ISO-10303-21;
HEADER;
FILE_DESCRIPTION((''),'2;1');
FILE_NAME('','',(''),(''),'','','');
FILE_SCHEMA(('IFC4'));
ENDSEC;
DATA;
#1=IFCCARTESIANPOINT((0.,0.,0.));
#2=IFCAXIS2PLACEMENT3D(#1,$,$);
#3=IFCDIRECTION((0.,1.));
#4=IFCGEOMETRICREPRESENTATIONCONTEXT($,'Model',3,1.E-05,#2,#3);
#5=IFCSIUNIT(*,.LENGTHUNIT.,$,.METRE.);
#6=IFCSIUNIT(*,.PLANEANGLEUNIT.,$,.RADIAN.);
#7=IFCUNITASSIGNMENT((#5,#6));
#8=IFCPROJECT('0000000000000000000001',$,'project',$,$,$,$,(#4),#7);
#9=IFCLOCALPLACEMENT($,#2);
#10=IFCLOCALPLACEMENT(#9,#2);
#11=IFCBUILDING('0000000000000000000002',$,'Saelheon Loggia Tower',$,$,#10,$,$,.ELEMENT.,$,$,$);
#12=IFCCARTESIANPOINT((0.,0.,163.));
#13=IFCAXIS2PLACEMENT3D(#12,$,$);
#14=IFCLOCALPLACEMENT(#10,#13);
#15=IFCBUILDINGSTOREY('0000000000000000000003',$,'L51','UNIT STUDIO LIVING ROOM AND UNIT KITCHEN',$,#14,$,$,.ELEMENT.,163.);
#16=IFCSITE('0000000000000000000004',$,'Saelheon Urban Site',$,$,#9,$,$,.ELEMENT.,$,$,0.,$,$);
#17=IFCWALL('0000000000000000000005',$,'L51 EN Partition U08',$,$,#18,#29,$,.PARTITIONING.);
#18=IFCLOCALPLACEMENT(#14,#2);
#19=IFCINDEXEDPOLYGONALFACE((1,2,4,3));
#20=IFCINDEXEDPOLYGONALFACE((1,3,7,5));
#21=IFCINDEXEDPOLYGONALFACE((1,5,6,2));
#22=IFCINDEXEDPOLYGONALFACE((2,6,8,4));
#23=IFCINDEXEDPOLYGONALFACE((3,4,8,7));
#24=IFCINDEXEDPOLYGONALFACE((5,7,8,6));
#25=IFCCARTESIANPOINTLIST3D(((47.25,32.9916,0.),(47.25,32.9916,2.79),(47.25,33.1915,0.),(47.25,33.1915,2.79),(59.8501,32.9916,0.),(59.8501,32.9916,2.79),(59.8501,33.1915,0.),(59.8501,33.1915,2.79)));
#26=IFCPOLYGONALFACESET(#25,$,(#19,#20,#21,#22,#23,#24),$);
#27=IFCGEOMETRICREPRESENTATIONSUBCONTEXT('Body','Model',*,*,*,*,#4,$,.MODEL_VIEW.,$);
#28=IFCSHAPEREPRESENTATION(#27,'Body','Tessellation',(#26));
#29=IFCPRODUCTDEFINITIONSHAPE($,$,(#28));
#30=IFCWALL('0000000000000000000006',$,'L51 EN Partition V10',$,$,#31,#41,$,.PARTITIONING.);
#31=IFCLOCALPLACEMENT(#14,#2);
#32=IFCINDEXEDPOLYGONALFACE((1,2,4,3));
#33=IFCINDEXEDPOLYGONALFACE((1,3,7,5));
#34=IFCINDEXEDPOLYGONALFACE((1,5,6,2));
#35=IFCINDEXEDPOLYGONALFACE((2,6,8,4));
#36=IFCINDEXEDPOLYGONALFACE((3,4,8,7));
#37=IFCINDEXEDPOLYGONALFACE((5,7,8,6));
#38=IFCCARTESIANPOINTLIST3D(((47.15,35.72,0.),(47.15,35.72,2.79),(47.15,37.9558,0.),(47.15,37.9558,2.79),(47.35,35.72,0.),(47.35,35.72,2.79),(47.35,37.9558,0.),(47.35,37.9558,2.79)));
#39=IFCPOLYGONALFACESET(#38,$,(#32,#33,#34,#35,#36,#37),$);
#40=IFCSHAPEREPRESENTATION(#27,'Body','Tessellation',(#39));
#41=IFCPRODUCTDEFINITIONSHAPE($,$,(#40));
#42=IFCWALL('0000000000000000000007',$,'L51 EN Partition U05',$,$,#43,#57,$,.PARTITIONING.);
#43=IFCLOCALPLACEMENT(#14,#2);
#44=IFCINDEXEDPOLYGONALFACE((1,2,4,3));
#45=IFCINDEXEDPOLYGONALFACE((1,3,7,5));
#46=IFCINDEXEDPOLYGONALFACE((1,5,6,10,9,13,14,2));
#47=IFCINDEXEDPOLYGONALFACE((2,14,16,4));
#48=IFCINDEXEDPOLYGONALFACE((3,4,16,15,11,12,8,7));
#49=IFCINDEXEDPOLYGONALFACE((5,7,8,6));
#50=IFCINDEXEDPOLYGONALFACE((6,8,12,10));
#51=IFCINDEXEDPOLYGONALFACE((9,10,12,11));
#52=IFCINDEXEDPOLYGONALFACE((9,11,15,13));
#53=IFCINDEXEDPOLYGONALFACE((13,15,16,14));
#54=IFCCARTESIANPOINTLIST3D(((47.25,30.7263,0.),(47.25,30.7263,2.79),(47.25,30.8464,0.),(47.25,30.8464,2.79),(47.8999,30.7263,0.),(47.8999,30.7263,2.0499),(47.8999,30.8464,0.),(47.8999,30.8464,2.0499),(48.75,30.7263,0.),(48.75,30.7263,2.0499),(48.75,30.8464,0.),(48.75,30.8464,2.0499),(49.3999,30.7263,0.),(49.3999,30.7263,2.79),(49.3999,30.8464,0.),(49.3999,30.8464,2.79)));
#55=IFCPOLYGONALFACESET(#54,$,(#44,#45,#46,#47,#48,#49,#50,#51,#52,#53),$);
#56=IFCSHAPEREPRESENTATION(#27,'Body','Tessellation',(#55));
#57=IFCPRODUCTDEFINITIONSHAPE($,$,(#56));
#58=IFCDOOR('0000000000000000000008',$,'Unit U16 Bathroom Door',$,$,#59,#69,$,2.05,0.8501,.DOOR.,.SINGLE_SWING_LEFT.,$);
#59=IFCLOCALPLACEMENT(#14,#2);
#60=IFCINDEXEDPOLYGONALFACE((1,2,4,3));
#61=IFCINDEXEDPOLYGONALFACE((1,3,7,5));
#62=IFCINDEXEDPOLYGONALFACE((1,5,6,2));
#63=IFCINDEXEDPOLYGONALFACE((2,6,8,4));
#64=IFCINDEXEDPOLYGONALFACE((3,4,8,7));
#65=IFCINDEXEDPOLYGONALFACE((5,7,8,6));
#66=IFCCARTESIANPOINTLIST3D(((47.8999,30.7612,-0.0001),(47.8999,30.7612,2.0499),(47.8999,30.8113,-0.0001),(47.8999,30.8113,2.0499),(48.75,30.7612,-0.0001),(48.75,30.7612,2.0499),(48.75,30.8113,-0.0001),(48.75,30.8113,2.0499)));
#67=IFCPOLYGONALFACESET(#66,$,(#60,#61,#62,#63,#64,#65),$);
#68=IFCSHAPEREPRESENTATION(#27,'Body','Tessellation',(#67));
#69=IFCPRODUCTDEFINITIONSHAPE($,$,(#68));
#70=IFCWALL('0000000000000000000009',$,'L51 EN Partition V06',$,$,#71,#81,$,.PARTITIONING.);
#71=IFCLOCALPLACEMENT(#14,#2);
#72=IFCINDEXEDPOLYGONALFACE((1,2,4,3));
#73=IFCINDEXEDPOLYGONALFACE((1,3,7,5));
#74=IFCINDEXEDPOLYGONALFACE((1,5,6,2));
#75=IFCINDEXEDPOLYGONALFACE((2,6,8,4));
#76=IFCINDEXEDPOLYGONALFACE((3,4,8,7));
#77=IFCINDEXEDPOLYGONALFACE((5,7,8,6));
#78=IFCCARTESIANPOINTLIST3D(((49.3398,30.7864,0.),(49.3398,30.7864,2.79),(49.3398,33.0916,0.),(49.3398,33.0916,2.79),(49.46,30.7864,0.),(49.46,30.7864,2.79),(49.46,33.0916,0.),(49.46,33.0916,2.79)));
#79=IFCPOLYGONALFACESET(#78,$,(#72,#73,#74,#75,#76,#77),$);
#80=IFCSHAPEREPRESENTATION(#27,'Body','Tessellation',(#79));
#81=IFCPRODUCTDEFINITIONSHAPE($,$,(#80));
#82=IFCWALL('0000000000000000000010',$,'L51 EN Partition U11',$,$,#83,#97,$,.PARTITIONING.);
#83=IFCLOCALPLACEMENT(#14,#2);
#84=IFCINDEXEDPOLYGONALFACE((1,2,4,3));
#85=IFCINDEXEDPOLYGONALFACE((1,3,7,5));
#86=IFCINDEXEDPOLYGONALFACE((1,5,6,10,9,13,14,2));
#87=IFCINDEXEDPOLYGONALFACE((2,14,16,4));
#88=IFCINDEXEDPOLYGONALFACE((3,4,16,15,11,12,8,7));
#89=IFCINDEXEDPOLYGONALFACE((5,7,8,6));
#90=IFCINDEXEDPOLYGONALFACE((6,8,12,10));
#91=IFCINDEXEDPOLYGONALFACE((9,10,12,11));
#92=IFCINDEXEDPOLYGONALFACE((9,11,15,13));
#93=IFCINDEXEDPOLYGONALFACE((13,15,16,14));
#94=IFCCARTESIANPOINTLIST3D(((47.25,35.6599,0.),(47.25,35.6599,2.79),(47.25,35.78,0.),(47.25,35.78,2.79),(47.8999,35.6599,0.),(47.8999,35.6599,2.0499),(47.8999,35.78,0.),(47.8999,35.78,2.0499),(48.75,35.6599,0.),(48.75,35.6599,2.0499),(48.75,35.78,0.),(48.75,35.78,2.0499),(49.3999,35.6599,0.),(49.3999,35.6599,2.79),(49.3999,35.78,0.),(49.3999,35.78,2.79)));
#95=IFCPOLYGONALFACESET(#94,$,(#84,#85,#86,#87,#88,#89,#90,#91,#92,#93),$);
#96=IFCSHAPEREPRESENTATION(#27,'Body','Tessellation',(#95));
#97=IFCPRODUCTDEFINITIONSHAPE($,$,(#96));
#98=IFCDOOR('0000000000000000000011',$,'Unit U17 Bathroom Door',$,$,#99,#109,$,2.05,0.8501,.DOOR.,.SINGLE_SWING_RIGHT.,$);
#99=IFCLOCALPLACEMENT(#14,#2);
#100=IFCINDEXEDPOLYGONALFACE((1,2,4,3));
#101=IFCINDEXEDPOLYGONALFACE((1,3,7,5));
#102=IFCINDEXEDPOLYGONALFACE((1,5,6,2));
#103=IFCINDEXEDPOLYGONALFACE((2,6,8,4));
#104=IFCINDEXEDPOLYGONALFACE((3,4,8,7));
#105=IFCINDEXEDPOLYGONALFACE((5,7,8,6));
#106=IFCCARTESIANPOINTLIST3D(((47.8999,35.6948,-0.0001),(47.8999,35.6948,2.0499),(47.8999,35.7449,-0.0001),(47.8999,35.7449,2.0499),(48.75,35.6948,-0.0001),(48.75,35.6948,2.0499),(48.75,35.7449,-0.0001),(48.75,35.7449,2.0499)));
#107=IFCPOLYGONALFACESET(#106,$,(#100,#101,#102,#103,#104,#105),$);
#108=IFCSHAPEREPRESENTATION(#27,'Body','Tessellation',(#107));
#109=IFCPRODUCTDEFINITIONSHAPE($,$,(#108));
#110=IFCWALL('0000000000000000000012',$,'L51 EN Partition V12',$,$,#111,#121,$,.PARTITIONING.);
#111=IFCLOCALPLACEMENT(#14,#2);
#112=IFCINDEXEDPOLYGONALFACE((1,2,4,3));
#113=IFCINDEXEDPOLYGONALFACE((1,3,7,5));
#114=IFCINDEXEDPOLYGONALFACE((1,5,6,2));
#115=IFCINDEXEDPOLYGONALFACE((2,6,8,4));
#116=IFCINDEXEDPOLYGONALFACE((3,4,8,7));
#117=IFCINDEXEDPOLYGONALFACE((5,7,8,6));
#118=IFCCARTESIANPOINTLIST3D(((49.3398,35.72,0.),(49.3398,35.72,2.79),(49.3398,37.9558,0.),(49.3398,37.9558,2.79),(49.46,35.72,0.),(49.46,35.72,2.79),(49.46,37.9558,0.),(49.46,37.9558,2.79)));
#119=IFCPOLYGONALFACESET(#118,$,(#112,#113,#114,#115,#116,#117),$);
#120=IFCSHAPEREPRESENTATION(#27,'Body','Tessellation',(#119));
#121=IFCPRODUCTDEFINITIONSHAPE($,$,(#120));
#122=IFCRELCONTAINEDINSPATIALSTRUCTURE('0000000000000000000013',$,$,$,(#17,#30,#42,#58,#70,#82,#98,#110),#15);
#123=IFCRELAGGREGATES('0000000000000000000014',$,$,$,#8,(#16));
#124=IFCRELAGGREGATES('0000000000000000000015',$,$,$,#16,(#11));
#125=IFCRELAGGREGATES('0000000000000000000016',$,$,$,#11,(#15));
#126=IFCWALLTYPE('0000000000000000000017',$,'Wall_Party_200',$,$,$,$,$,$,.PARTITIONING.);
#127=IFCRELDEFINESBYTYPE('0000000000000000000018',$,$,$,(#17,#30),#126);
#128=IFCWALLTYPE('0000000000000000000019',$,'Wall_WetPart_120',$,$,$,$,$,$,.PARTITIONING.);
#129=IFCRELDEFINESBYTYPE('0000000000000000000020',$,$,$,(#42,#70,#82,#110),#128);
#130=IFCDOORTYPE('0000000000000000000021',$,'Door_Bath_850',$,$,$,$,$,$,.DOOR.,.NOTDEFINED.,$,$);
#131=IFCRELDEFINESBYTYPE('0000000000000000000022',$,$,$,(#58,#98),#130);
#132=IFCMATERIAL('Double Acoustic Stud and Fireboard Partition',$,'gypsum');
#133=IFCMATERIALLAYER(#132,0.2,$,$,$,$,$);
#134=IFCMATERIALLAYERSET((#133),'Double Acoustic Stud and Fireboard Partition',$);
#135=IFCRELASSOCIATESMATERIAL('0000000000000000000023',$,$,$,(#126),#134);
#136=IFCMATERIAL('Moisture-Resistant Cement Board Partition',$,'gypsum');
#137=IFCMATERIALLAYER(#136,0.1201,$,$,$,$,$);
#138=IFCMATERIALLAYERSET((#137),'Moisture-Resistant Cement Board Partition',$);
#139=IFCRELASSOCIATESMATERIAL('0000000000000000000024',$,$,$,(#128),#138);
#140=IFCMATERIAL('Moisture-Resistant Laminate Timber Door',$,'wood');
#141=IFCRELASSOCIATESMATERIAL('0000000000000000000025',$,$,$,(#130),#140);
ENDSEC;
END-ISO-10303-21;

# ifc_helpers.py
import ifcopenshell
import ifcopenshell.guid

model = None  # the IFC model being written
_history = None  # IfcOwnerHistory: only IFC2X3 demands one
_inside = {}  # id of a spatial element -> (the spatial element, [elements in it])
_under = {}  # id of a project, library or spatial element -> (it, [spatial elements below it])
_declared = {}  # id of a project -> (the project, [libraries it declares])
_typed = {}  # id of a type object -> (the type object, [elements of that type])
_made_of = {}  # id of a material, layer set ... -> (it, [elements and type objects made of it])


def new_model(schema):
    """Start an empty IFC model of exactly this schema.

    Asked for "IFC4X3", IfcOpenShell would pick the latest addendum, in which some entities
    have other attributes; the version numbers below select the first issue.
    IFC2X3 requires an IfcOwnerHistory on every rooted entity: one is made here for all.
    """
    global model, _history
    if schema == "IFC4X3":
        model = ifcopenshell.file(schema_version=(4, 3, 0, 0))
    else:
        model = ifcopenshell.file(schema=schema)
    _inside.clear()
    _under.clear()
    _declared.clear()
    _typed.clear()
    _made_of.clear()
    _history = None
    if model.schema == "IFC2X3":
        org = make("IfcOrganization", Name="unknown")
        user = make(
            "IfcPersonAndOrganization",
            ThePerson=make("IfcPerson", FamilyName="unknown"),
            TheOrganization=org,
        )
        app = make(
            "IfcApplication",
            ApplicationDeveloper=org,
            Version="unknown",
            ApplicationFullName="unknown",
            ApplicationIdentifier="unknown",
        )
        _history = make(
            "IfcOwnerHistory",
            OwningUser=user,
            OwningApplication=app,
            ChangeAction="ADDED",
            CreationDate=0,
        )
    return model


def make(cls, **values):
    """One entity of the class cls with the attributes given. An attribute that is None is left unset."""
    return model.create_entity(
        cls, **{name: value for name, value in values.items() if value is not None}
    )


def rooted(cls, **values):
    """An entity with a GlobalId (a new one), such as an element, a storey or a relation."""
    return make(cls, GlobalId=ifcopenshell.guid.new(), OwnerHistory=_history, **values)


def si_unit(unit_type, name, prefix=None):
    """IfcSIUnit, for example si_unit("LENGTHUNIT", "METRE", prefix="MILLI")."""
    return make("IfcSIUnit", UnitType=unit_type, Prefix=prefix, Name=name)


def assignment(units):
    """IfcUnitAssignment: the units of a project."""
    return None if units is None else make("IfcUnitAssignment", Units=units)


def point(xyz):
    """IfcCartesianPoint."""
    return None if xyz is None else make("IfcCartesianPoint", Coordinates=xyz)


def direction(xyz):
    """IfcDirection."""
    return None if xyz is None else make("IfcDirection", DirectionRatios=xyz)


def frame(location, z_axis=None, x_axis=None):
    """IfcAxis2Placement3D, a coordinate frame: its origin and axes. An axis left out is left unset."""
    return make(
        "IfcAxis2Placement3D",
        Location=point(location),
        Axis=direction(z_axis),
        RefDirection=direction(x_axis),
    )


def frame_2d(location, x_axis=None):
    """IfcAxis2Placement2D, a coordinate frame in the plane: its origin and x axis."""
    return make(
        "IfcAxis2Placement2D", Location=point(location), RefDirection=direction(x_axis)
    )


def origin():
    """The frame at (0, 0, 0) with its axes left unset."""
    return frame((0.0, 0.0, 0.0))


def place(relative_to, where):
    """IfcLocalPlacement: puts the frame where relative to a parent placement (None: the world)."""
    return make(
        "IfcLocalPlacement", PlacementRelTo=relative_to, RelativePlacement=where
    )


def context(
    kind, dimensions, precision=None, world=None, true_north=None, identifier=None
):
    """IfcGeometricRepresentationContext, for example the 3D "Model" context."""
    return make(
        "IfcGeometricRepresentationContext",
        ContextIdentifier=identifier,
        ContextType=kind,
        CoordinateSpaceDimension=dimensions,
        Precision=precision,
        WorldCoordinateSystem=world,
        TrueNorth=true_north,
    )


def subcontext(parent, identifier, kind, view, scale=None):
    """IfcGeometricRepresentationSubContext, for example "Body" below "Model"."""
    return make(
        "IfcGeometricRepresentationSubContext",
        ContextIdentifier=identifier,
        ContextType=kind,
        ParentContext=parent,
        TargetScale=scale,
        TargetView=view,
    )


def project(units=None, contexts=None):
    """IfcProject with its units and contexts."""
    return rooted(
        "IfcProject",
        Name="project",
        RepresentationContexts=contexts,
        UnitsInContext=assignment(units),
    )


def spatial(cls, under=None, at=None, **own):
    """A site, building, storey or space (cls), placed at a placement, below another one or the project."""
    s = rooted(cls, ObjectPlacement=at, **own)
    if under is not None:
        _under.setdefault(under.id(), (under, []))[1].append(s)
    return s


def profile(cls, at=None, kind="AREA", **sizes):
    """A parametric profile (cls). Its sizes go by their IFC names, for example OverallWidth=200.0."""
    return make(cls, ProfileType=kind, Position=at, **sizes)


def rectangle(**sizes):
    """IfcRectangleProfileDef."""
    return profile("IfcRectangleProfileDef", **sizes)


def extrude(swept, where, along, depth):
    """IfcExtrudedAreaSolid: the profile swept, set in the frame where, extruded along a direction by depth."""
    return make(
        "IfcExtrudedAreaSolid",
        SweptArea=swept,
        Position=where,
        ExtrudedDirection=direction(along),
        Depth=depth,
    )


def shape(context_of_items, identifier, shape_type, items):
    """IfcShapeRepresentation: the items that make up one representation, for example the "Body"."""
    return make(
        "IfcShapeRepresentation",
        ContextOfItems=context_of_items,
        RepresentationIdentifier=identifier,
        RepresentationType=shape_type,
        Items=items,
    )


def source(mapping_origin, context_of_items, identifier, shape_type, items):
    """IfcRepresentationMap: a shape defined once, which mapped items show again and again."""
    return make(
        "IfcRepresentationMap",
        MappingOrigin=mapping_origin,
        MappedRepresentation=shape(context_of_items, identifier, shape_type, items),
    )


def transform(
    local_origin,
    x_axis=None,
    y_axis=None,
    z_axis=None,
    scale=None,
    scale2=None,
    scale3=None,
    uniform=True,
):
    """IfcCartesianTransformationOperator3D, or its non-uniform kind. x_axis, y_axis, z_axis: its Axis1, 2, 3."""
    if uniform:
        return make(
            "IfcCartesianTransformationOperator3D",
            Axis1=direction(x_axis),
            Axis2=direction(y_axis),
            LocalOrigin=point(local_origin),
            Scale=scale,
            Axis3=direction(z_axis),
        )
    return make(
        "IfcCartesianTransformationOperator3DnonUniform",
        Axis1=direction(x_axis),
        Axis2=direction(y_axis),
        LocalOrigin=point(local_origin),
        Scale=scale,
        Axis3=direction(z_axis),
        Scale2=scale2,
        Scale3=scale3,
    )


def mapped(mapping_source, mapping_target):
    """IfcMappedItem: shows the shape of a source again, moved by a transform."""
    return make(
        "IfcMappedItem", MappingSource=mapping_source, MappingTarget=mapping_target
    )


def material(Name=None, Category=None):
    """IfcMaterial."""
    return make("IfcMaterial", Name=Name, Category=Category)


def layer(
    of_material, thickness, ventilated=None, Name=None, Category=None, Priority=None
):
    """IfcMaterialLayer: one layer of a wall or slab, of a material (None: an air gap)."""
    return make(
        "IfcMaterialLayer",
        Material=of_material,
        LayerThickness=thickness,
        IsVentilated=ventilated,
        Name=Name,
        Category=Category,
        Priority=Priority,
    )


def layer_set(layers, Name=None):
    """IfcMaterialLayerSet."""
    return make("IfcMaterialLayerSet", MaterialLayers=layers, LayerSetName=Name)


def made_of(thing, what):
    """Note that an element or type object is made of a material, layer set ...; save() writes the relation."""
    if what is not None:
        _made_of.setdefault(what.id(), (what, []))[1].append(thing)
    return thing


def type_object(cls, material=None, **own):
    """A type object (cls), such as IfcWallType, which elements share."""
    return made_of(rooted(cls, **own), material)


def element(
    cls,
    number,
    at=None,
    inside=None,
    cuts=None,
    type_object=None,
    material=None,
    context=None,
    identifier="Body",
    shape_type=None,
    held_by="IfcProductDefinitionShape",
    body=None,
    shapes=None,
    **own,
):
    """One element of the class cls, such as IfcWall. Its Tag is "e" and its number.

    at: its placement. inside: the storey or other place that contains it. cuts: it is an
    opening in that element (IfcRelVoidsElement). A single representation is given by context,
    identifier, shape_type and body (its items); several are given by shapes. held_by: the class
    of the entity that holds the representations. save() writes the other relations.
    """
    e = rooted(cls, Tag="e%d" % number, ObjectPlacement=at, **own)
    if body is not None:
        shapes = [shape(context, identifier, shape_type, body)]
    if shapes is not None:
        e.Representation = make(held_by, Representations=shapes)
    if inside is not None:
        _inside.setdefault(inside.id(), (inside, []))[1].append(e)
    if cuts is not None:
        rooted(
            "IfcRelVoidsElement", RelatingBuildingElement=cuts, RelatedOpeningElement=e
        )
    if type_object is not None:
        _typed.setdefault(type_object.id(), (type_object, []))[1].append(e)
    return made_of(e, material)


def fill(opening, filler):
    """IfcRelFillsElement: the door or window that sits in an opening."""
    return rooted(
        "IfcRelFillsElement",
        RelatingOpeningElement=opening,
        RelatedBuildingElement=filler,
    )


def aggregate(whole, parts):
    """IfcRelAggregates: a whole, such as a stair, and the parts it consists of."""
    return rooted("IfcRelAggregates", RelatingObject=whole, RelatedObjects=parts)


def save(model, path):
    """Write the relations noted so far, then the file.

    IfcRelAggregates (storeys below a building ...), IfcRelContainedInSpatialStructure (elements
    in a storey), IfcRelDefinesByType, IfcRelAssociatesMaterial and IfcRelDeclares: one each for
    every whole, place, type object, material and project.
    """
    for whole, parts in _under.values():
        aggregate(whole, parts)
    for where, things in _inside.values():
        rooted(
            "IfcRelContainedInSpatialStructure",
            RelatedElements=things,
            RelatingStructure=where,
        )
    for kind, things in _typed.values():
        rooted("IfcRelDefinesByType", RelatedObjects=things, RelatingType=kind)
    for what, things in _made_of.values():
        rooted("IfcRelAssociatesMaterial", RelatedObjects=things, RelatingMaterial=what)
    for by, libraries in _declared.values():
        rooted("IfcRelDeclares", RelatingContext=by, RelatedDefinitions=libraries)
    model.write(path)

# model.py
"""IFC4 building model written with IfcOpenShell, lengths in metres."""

from ifc_helpers import new_model, si_unit, direction, frame, frame_2d, origin, place, context, subcontext, project, spatial, rectangle, extrude, source, transform, mapped, material, layer, layer_set, type_object, element, fill, save


model = new_model("IFC4")

# Units and contexts
model_context = context("Model", 3, precision=1e-05, world=origin(), true_north=direction((0.0, 1.0)))
body_context = subcontext(model_context, "Body", "Model", "MODEL_VIEW")
ifc_project = project(units=[si_unit("LENGTHUNIT", "METRE"), si_unit("PLANEANGLEUNIT", "RADIAN")], contexts=[model_context])

# Site, building, storey
site_placement = place(None, origin())
site = spatial("IfcSite", under=ifc_project, at=site_placement, Name="Saelheon Urban Site", CompositionType="ELEMENT", RefElevation=0.0)
building_placement = place(site_placement, origin())
building = spatial("IfcBuilding", under=site, at=building_placement, Name="Saelheon Loggia Tower", CompositionType="ELEMENT")
storey_placement = place(building_placement, frame((0.0, 0.0, 163.0)))
storey = spatial("IfcBuildingStorey", under=building, at=storey_placement, Name="L51", Description="UNIT STUDIO LIVING ROOM AND UNIT KITCHEN", CompositionType="ELEMENT", Elevation=163.0)

# Shared definitions
ifc_material_1 = material(Name="Double Acoustic Stud and Fireboard Partition", Category="gypsum")
ifc_layer_1 = layer(ifc_material_1, 0.2)
ifc_layer_set_1 = layer_set([ifc_layer_1], Name="Double Acoustic Stud and Fireboard Partition")
wall_type_1 = type_object("IfcWallType", Name="Wall_Party_200", PredefinedType="PARTITIONING", material=ifc_layer_set_1)

# Wall
wall_1_placement = place(storey_placement, frame((47.25, 33.0916, 0.0), z_axis=(0.0, 0.0, 1.0), x_axis=(1.0, 0.0, 0.0)))
element("IfcWall", 1, at=wall_1_placement, inside=storey, type_object=wall_type_1, Name="L51 EN Partition U08", PredefinedType="PARTITIONING", context=body_context, shape_type="SweptSolid", body=[
    extrude(rectangle(XDim=12.6001, YDim=0.2, at=frame_2d((6.3, 0.0))), origin(), (0.0, 0.0, 1.0), 2.79),
])

# Wall
wall_2_placement = place(storey_placement, frame((47.25, 35.72, 0.0), z_axis=(0.0, 0.0, 1.0), x_axis=(0.0, 1.0, 0.0)))
element("IfcWall", 2, at=wall_2_placement, inside=storey, type_object=wall_type_1, Name="L51 EN Partition V10", PredefinedType="PARTITIONING", context=body_context, shape_type="SweptSolid", body=[
    extrude(rectangle(XDim=2.2358, YDim=0.2, at=frame_2d((1.1179, 0.0))), origin(), (0.0, 0.0, 1.0), 2.79),
])

# Wall, opening, door
ifc_material_2 = material(Name="Moisture-Resistant Cement Board Partition", Category="gypsum")
ifc_layer_2 = layer(ifc_material_2, 0.1201)
ifc_layer_set_2 = layer_set([ifc_layer_2], Name="Moisture-Resistant Cement Board Partition")
wall_type_2 = type_object("IfcWallType", Name="Wall_WetPart_120", PredefinedType="PARTITIONING", material=ifc_layer_set_2)
wall_3_placement = place(storey_placement, frame((47.25, 30.7864, 0.0), z_axis=(0.0, 0.0, 1.0), x_axis=(1.0, 0.0, 0.0)))
wall_3 = element("IfcWall", 3, at=wall_3_placement, inside=storey, type_object=wall_type_2, Name="L51 EN Partition U05", PredefinedType="PARTITIONING", context=body_context, shape_type="SweptSolid", body=[
    extrude(rectangle(XDim=2.1499, YDim=0.1201, at=frame_2d((1.075, 0.0))), origin(), (0.0, 0.0, 1.0), 2.79),
])
opening_1_placement = place(wall_3_placement, frame((0.6499, 0.0, 0.0)))
opening_1 = element("IfcOpeningElement", 4, at=opening_1_placement, cuts=wall_3, PredefinedType="OPENING", context=body_context, shape_type="SweptSolid", body=[
    extrude(rectangle(XDim=0.8501, YDim=2.05, at=frame_2d((0.425, 1.0249))), frame((0.0, 0.072, 0.0), z_axis=(0.0, -1.0, 0.0), x_axis=(1.0, 0.0, 0.0)), (0.0, 0.0, 1.0), 0.144),
])
ifc_material_3 = material(Name="Moisture-Resistant Laminate Timber Door", Category="wood")
door_type_1 = type_object("IfcDoorType", Name="Door_Bath_850", OperationType="NOTDEFINED", PredefinedType="DOOR", material=ifc_material_3)
shared_shape_1 = source(origin(), body_context, "Body", "SweptSolid", [
    extrude(rectangle(XDim=0.8501, YDim=2.05, at=frame_2d((0.425, 1.0249))), frame((0.0, 0.0249, 0.0), z_axis=(0.0, -1.0, 0.0), x_axis=(1.0, 0.0, 0.0)), (0.0, 0.0, 1.0), 0.05),
])
door_1_placement = place(opening_1_placement, origin())
door_1 = element("IfcDoor", 5, at=door_1_placement, inside=storey, type_object=door_type_1, Name="Unit U16 Bathroom Door", OperationType="SINGLE_SWING_LEFT", OverallHeight=2.05, OverallWidth=0.8501, PredefinedType="DOOR", context=body_context, shape_type="MappedRepresentation", body=[
    mapped(shared_shape_1, transform((0.0, 0.0, 0.0), scale=1.0)),
])
fill(opening_1, door_1)

# Wall
wall_4_placement = place(storey_placement, frame((49.3999, 30.7864, 0.0), z_axis=(0.0, 0.0, 1.0), x_axis=(0.0, 1.0, 0.0)))
element("IfcWall", 6, at=wall_4_placement, inside=storey, type_object=wall_type_2, Name="L51 EN Partition V06", PredefinedType="PARTITIONING", context=body_context, shape_type="SweptSolid", body=[
    extrude(rectangle(XDim=2.3052, YDim=0.1201, at=frame_2d((1.1526, 0.0))), origin(), (0.0, 0.0, 1.0), 2.79),
])

# Wall, opening, door
wall_5_placement = place(storey_placement, frame((47.25, 35.72, 0.0), z_axis=(0.0, 0.0, 1.0), x_axis=(1.0, 0.0, 0.0)))
wall_5 = element("IfcWall", 7, at=wall_5_placement, inside=storey, type_object=wall_type_2, Name="L51 EN Partition U11", PredefinedType="PARTITIONING", context=body_context, shape_type="SweptSolid", body=[
    extrude(rectangle(XDim=2.1499, YDim=0.1201, at=frame_2d((1.075, 0.0))), origin(), (0.0, 0.0, 1.0), 2.79),
])
opening_2_placement = place(wall_5_placement, frame((0.6499, 0.0, 0.0)))
opening_2 = element("IfcOpeningElement", 8, at=opening_2_placement, cuts=wall_5, PredefinedType="OPENING", context=body_context, shape_type="SweptSolid", body=[
    extrude(rectangle(XDim=0.8501, YDim=2.05, at=frame_2d((0.425, 1.0249))), frame((0.0, 0.072, 0.0), z_axis=(0.0, -1.0, 0.0), x_axis=(1.0, 0.0, 0.0)), (0.0, 0.0, 1.0), 0.144),
])
door_2_placement = place(opening_2_placement, origin())
door_2 = element("IfcDoor", 9, at=door_2_placement, inside=storey, type_object=door_type_1, Name="Unit U17 Bathroom Door", OperationType="SINGLE_SWING_RIGHT", OverallHeight=2.05, OverallWidth=0.8501, PredefinedType="DOOR", context=body_context, shape_type="MappedRepresentation", body=[
    mapped(shared_shape_1, transform((0.0, 0.0, 0.0), scale=1.0)),
])
fill(opening_2, door_2)

# Wall
wall_6_placement = place(storey_placement, frame((49.3999, 35.72, 0.0), z_axis=(0.0, 0.0, 1.0), x_axis=(0.0, 1.0, 0.0)))
element("IfcWall", 10, at=wall_6_placement, inside=storey, type_object=wall_type_2, Name="L51 EN Partition V12", PredefinedType="PARTITIONING", context=body_context, shape_type="SweptSolid", body=[
    extrude(rectangle(XDim=2.2358, YDim=0.1201, at=frame_2d((1.1179, 0.0))), origin(), (0.0, 0.0, 1.0), 2.79),
])

save(model, "model.ifc")
